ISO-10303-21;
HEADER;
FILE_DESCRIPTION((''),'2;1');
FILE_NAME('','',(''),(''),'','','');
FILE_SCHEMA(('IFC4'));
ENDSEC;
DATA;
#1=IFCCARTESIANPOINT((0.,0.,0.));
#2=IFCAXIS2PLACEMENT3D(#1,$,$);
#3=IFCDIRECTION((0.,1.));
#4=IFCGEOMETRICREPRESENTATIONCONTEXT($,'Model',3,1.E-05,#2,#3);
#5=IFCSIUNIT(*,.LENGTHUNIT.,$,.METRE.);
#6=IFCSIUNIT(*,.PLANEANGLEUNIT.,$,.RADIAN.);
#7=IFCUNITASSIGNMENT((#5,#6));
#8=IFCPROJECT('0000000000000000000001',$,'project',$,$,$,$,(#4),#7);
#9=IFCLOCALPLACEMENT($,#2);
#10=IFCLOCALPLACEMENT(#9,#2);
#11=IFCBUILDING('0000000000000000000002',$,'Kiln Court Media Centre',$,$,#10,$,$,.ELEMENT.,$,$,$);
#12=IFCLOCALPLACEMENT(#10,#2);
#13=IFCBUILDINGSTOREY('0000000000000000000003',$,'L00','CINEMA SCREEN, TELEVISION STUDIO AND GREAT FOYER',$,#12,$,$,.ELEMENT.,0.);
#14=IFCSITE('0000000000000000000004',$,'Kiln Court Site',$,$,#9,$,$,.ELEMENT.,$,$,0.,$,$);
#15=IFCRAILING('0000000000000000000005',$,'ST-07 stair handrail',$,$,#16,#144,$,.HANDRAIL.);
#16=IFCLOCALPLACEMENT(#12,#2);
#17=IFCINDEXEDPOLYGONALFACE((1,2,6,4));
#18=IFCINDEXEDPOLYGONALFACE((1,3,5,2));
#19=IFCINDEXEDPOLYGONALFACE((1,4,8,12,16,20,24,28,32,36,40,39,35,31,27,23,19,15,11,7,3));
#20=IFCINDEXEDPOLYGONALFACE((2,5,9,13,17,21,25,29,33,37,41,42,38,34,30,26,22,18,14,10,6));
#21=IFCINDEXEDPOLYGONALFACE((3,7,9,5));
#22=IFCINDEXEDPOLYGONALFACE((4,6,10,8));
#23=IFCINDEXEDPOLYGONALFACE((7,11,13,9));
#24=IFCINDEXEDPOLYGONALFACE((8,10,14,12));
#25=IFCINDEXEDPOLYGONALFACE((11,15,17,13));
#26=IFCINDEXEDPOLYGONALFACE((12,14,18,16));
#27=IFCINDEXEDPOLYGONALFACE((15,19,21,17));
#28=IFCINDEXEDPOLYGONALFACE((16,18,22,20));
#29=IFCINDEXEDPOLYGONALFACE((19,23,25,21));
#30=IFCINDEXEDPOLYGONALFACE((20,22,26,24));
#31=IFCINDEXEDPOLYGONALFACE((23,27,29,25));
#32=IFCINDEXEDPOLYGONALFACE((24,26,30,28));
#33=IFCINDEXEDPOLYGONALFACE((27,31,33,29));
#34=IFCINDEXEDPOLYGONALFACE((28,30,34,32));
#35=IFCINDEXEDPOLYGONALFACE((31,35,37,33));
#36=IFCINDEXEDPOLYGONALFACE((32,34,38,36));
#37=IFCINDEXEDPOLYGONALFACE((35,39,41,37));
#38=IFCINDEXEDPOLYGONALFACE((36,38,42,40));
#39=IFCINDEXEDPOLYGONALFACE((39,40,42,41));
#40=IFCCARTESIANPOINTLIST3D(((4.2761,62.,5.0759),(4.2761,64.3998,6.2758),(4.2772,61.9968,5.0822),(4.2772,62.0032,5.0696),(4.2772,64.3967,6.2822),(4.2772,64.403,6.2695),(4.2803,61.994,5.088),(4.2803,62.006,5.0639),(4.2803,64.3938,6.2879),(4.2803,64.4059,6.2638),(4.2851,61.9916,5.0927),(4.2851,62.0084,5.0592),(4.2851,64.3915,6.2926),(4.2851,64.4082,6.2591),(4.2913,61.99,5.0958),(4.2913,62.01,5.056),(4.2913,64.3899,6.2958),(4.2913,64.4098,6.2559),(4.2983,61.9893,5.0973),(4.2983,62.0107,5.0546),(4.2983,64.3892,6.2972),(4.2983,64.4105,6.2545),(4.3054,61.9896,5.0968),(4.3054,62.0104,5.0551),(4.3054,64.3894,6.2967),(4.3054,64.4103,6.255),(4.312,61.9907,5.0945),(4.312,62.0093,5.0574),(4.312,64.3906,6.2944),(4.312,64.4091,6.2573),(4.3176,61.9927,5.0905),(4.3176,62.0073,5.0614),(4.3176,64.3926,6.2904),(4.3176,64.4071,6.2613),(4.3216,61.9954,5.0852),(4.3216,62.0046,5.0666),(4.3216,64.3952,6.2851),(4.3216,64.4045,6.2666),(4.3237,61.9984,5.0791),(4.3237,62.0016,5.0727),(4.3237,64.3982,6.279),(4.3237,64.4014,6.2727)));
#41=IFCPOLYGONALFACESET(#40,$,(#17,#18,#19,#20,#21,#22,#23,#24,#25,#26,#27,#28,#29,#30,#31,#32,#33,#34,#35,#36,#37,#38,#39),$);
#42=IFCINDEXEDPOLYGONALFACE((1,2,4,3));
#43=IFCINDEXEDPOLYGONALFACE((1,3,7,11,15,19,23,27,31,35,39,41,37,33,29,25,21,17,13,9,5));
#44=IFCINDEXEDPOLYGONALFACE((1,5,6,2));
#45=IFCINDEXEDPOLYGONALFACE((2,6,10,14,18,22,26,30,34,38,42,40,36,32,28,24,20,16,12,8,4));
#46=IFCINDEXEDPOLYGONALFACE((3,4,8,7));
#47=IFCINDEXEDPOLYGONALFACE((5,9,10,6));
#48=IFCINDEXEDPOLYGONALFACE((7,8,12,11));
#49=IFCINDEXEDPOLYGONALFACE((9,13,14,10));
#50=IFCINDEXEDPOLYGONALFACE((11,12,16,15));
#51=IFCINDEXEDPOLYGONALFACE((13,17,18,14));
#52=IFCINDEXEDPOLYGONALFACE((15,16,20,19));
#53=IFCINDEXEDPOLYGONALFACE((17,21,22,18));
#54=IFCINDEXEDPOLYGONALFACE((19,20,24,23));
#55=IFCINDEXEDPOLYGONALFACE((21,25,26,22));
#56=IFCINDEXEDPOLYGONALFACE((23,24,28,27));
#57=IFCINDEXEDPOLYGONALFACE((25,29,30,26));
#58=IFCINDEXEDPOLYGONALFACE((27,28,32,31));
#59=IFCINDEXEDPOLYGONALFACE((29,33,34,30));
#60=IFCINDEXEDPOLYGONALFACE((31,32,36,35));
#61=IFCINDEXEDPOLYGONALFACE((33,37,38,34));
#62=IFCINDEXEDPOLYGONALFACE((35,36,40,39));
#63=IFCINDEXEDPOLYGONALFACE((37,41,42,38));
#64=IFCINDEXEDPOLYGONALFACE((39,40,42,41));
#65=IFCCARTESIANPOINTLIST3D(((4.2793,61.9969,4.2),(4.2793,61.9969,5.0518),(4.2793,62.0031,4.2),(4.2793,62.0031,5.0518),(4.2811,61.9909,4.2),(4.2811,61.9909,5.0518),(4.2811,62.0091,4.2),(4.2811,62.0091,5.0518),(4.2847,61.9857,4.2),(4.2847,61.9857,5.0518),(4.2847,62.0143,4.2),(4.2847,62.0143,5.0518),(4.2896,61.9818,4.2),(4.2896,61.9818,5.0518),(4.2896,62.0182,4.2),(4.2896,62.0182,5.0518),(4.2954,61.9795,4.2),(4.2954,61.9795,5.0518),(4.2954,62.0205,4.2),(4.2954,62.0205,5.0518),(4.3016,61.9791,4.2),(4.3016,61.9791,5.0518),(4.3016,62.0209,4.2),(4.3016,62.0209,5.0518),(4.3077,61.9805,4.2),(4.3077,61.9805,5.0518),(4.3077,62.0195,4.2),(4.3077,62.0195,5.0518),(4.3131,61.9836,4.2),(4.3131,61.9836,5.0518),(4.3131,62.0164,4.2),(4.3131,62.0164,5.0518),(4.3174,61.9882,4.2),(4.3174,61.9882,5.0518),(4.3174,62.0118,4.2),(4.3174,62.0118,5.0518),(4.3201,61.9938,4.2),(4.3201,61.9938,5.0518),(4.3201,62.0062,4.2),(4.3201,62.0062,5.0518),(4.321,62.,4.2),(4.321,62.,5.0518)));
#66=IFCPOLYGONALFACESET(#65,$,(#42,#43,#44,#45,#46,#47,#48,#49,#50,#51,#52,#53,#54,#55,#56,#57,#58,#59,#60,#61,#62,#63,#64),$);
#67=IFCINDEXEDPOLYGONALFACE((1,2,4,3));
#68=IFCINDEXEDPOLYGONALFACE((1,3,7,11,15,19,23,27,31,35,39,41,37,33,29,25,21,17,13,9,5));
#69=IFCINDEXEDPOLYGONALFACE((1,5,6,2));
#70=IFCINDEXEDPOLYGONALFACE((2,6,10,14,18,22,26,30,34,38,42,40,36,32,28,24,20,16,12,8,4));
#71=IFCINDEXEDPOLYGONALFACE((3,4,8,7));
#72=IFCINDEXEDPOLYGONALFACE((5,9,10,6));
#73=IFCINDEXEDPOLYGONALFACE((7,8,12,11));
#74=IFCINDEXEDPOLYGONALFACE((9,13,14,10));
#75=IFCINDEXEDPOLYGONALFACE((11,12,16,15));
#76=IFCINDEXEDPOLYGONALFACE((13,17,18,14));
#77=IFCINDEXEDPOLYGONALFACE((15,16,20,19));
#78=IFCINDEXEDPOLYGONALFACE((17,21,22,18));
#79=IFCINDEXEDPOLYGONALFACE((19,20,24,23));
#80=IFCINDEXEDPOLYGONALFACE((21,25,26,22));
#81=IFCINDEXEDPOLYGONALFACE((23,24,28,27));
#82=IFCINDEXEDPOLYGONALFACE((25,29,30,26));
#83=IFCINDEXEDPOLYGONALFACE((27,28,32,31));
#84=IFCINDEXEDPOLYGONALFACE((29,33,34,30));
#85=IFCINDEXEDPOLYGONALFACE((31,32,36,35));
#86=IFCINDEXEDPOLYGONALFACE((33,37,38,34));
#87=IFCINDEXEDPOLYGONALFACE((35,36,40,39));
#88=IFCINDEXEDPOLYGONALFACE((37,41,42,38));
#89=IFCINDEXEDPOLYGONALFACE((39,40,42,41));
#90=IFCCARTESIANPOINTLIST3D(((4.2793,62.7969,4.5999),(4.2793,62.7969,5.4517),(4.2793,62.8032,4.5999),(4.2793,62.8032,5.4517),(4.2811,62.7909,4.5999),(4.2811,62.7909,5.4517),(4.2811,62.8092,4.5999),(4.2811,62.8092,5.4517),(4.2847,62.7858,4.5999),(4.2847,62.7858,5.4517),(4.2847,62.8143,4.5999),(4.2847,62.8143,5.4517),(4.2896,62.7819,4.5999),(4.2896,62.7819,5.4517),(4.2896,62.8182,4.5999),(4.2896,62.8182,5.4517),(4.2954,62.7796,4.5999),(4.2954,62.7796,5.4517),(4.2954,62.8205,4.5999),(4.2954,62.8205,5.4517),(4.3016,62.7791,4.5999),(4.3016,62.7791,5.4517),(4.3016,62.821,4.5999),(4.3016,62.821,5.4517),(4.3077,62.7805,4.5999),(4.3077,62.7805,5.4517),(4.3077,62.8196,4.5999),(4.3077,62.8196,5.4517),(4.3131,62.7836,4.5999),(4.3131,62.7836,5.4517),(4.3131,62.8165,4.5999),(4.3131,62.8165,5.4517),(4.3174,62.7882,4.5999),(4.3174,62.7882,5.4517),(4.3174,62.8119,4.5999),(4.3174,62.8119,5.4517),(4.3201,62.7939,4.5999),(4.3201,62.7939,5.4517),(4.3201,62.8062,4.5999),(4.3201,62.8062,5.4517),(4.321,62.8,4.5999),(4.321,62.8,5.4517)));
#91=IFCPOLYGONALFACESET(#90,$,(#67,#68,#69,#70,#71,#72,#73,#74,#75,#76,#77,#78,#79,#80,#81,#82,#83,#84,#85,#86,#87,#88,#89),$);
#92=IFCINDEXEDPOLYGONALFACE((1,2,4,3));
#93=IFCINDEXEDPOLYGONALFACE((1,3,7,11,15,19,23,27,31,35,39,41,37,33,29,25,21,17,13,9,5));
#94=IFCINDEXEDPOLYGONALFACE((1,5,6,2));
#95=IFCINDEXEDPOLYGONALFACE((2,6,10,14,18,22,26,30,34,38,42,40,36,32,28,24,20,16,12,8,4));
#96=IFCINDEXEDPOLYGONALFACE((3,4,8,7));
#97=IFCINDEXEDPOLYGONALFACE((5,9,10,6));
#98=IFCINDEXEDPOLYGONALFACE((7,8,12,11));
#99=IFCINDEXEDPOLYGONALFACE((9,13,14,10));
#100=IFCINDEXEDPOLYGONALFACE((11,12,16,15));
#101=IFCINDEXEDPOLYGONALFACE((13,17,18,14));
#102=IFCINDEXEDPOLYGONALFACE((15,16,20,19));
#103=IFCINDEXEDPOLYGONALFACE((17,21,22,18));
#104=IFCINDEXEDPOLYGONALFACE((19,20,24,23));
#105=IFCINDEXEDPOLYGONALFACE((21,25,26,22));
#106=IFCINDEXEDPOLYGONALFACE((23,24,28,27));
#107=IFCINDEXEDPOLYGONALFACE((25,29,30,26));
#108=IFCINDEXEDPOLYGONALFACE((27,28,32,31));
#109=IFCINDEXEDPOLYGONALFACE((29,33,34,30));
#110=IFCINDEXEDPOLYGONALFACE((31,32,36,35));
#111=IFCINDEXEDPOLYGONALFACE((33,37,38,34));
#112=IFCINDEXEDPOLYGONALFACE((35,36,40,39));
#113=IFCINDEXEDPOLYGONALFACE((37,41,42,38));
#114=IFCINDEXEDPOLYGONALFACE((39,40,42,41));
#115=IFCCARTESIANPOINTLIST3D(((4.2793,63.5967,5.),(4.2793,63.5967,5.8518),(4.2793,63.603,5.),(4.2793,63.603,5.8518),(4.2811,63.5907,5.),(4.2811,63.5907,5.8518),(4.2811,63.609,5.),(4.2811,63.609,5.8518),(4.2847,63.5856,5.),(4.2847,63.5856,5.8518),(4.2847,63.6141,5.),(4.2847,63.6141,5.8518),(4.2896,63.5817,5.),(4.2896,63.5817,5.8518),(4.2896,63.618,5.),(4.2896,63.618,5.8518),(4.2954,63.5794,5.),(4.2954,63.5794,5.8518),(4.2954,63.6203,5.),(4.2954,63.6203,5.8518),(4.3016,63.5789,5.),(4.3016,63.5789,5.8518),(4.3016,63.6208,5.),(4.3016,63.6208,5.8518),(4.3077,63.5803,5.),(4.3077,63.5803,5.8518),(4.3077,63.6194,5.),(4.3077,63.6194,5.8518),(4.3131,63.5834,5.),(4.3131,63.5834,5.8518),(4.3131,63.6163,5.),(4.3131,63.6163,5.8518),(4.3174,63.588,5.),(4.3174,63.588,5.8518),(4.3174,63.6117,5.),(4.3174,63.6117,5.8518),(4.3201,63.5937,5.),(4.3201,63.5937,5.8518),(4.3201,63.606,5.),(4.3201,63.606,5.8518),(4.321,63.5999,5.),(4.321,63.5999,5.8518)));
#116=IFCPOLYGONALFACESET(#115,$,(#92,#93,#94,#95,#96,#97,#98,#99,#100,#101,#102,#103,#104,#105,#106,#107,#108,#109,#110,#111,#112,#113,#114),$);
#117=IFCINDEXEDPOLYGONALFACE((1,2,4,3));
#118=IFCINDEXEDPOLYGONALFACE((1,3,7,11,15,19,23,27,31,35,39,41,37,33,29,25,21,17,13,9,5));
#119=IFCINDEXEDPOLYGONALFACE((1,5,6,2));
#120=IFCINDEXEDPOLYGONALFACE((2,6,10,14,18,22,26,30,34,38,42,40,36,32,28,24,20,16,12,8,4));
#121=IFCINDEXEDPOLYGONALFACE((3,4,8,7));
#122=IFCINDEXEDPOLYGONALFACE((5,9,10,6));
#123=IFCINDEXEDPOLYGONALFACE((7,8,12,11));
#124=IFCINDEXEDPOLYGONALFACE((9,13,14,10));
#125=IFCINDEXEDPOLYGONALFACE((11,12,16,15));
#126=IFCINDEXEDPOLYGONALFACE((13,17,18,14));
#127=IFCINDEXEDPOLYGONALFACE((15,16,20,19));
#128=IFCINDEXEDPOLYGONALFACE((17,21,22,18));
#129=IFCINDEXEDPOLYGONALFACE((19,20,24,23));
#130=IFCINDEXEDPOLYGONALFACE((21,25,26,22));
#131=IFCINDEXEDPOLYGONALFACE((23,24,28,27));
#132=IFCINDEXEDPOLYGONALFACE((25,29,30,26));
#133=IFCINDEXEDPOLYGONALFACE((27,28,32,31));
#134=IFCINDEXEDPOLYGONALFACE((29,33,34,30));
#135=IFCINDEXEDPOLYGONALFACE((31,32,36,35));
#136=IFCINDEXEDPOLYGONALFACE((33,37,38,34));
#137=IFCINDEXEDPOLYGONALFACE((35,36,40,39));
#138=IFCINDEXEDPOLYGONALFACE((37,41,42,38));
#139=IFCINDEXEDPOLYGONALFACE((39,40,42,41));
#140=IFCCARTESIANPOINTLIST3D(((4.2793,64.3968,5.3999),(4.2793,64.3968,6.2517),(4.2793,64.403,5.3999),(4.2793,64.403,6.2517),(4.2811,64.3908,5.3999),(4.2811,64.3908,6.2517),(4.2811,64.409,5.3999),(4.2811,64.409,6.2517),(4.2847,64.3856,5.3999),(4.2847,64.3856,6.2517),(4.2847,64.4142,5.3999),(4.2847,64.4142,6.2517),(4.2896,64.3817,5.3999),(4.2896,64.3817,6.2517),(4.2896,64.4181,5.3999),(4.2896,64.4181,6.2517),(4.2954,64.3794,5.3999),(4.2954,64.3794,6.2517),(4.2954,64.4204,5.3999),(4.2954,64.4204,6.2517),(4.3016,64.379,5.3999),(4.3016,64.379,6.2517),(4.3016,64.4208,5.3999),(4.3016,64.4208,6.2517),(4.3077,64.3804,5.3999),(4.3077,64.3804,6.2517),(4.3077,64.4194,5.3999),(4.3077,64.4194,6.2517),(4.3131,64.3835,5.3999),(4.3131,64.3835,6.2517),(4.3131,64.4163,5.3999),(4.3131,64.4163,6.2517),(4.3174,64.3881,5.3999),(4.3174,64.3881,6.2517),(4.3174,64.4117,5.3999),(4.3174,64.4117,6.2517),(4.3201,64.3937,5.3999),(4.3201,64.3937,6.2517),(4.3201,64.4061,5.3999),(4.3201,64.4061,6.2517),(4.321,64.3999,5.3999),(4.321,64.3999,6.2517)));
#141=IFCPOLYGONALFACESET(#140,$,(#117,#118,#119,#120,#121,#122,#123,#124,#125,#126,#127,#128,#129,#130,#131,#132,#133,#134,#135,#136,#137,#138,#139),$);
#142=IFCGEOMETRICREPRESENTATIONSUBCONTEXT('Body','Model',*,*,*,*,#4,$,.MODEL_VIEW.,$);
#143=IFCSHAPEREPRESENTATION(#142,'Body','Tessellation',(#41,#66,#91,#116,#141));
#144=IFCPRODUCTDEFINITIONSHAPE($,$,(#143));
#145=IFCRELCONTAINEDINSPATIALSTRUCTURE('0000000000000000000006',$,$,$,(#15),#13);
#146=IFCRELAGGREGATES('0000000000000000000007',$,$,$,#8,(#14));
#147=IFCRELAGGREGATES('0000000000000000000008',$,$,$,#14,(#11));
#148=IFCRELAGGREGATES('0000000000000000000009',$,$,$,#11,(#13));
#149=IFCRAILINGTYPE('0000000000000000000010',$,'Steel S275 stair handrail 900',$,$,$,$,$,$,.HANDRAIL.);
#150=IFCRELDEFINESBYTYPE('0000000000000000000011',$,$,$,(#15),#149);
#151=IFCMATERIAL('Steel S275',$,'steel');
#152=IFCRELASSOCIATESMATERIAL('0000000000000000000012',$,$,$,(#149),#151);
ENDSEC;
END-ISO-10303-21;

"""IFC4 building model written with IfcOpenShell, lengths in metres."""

from ifc_helpers import new_model, si_unit, direction, frame, origin, origin_2d, place, context, subcontext, project, spatial, circle, extrude, material, type_object, element, save


model = new_model("IFC4")

# Units and contexts
model_context = context("Model", 3, precision=1e-05, world=origin(), true_north=direction((0.0, 1.0)))
body_context = subcontext(model_context, "Body", "Model", "MODEL_VIEW")
ifc_project = project(units=[si_unit("LENGTHUNIT", "METRE"), si_unit("PLANEANGLEUNIT", "RADIAN")], contexts=[model_context])

# Site, building, storey
site_placement = place(None, origin())
site = spatial("IfcSite", under=ifc_project, at=site_placement, Name="Kiln Court Site", CompositionType="ELEMENT", RefElevation=0.0)
building_placement = place(site_placement, origin())
building = spatial("IfcBuilding", under=site, at=building_placement, Name="Kiln Court Media Centre", CompositionType="ELEMENT")
storey_placement = place(building_placement, origin())
storey = spatial("IfcBuildingStorey", under=building, at=storey_placement, Name="L00", Description="CINEMA SCREEN, TELEVISION STUDIO AND GREAT FOYER", CompositionType="ELEMENT", Elevation=0.0)

# Railing
ifc_material_1 = material(Name="Steel S275", Category="steel")
railing_type_1 = type_object("IfcRailingType", Name="Steel S275 stair handrail 900", PredefinedType="HANDRAIL", material=ifc_material_1)
railing_1_placement = place(storey_placement, frame((4.3, 62.0, 4.2)))
element("IfcRailing", 1, at=railing_1_placement, inside=storey, type_object=railing_type_1, Name="ST-07 stair handrail", PredefinedType="HANDRAIL", context=body_context, shape_type="SweptSolid", body=[
    extrude(circle(Radius=0.0239, at=origin_2d()), frame((0.0, 0.0, 0.876), z_axis=(0.0, 0.894427, 0.447214), x_axis=(-1.0, 0.0, 0.0)), (0.0, 0.0, 1.0), 2.6831),
    extrude(circle(Radius=0.021, at=origin_2d()), origin(), (0.0, 0.0, 1.0), 0.8518),
    extrude(circle(Radius=0.021, at=origin_2d()), frame((0.0, 0.8, 0.3999)), (0.0, 0.0, 1.0), 0.8518),
    extrude(circle(Radius=0.021, at=origin_2d()), frame((0.0, 1.5999, 0.8)), (0.0, 0.0, 1.0), 0.8518),
    extrude(circle(Radius=0.021, at=origin_2d()), frame((0.0, 2.3999, 1.2)), (0.0, 0.0, 1.0), 0.8518),
])

save(model, "model.ifc")
